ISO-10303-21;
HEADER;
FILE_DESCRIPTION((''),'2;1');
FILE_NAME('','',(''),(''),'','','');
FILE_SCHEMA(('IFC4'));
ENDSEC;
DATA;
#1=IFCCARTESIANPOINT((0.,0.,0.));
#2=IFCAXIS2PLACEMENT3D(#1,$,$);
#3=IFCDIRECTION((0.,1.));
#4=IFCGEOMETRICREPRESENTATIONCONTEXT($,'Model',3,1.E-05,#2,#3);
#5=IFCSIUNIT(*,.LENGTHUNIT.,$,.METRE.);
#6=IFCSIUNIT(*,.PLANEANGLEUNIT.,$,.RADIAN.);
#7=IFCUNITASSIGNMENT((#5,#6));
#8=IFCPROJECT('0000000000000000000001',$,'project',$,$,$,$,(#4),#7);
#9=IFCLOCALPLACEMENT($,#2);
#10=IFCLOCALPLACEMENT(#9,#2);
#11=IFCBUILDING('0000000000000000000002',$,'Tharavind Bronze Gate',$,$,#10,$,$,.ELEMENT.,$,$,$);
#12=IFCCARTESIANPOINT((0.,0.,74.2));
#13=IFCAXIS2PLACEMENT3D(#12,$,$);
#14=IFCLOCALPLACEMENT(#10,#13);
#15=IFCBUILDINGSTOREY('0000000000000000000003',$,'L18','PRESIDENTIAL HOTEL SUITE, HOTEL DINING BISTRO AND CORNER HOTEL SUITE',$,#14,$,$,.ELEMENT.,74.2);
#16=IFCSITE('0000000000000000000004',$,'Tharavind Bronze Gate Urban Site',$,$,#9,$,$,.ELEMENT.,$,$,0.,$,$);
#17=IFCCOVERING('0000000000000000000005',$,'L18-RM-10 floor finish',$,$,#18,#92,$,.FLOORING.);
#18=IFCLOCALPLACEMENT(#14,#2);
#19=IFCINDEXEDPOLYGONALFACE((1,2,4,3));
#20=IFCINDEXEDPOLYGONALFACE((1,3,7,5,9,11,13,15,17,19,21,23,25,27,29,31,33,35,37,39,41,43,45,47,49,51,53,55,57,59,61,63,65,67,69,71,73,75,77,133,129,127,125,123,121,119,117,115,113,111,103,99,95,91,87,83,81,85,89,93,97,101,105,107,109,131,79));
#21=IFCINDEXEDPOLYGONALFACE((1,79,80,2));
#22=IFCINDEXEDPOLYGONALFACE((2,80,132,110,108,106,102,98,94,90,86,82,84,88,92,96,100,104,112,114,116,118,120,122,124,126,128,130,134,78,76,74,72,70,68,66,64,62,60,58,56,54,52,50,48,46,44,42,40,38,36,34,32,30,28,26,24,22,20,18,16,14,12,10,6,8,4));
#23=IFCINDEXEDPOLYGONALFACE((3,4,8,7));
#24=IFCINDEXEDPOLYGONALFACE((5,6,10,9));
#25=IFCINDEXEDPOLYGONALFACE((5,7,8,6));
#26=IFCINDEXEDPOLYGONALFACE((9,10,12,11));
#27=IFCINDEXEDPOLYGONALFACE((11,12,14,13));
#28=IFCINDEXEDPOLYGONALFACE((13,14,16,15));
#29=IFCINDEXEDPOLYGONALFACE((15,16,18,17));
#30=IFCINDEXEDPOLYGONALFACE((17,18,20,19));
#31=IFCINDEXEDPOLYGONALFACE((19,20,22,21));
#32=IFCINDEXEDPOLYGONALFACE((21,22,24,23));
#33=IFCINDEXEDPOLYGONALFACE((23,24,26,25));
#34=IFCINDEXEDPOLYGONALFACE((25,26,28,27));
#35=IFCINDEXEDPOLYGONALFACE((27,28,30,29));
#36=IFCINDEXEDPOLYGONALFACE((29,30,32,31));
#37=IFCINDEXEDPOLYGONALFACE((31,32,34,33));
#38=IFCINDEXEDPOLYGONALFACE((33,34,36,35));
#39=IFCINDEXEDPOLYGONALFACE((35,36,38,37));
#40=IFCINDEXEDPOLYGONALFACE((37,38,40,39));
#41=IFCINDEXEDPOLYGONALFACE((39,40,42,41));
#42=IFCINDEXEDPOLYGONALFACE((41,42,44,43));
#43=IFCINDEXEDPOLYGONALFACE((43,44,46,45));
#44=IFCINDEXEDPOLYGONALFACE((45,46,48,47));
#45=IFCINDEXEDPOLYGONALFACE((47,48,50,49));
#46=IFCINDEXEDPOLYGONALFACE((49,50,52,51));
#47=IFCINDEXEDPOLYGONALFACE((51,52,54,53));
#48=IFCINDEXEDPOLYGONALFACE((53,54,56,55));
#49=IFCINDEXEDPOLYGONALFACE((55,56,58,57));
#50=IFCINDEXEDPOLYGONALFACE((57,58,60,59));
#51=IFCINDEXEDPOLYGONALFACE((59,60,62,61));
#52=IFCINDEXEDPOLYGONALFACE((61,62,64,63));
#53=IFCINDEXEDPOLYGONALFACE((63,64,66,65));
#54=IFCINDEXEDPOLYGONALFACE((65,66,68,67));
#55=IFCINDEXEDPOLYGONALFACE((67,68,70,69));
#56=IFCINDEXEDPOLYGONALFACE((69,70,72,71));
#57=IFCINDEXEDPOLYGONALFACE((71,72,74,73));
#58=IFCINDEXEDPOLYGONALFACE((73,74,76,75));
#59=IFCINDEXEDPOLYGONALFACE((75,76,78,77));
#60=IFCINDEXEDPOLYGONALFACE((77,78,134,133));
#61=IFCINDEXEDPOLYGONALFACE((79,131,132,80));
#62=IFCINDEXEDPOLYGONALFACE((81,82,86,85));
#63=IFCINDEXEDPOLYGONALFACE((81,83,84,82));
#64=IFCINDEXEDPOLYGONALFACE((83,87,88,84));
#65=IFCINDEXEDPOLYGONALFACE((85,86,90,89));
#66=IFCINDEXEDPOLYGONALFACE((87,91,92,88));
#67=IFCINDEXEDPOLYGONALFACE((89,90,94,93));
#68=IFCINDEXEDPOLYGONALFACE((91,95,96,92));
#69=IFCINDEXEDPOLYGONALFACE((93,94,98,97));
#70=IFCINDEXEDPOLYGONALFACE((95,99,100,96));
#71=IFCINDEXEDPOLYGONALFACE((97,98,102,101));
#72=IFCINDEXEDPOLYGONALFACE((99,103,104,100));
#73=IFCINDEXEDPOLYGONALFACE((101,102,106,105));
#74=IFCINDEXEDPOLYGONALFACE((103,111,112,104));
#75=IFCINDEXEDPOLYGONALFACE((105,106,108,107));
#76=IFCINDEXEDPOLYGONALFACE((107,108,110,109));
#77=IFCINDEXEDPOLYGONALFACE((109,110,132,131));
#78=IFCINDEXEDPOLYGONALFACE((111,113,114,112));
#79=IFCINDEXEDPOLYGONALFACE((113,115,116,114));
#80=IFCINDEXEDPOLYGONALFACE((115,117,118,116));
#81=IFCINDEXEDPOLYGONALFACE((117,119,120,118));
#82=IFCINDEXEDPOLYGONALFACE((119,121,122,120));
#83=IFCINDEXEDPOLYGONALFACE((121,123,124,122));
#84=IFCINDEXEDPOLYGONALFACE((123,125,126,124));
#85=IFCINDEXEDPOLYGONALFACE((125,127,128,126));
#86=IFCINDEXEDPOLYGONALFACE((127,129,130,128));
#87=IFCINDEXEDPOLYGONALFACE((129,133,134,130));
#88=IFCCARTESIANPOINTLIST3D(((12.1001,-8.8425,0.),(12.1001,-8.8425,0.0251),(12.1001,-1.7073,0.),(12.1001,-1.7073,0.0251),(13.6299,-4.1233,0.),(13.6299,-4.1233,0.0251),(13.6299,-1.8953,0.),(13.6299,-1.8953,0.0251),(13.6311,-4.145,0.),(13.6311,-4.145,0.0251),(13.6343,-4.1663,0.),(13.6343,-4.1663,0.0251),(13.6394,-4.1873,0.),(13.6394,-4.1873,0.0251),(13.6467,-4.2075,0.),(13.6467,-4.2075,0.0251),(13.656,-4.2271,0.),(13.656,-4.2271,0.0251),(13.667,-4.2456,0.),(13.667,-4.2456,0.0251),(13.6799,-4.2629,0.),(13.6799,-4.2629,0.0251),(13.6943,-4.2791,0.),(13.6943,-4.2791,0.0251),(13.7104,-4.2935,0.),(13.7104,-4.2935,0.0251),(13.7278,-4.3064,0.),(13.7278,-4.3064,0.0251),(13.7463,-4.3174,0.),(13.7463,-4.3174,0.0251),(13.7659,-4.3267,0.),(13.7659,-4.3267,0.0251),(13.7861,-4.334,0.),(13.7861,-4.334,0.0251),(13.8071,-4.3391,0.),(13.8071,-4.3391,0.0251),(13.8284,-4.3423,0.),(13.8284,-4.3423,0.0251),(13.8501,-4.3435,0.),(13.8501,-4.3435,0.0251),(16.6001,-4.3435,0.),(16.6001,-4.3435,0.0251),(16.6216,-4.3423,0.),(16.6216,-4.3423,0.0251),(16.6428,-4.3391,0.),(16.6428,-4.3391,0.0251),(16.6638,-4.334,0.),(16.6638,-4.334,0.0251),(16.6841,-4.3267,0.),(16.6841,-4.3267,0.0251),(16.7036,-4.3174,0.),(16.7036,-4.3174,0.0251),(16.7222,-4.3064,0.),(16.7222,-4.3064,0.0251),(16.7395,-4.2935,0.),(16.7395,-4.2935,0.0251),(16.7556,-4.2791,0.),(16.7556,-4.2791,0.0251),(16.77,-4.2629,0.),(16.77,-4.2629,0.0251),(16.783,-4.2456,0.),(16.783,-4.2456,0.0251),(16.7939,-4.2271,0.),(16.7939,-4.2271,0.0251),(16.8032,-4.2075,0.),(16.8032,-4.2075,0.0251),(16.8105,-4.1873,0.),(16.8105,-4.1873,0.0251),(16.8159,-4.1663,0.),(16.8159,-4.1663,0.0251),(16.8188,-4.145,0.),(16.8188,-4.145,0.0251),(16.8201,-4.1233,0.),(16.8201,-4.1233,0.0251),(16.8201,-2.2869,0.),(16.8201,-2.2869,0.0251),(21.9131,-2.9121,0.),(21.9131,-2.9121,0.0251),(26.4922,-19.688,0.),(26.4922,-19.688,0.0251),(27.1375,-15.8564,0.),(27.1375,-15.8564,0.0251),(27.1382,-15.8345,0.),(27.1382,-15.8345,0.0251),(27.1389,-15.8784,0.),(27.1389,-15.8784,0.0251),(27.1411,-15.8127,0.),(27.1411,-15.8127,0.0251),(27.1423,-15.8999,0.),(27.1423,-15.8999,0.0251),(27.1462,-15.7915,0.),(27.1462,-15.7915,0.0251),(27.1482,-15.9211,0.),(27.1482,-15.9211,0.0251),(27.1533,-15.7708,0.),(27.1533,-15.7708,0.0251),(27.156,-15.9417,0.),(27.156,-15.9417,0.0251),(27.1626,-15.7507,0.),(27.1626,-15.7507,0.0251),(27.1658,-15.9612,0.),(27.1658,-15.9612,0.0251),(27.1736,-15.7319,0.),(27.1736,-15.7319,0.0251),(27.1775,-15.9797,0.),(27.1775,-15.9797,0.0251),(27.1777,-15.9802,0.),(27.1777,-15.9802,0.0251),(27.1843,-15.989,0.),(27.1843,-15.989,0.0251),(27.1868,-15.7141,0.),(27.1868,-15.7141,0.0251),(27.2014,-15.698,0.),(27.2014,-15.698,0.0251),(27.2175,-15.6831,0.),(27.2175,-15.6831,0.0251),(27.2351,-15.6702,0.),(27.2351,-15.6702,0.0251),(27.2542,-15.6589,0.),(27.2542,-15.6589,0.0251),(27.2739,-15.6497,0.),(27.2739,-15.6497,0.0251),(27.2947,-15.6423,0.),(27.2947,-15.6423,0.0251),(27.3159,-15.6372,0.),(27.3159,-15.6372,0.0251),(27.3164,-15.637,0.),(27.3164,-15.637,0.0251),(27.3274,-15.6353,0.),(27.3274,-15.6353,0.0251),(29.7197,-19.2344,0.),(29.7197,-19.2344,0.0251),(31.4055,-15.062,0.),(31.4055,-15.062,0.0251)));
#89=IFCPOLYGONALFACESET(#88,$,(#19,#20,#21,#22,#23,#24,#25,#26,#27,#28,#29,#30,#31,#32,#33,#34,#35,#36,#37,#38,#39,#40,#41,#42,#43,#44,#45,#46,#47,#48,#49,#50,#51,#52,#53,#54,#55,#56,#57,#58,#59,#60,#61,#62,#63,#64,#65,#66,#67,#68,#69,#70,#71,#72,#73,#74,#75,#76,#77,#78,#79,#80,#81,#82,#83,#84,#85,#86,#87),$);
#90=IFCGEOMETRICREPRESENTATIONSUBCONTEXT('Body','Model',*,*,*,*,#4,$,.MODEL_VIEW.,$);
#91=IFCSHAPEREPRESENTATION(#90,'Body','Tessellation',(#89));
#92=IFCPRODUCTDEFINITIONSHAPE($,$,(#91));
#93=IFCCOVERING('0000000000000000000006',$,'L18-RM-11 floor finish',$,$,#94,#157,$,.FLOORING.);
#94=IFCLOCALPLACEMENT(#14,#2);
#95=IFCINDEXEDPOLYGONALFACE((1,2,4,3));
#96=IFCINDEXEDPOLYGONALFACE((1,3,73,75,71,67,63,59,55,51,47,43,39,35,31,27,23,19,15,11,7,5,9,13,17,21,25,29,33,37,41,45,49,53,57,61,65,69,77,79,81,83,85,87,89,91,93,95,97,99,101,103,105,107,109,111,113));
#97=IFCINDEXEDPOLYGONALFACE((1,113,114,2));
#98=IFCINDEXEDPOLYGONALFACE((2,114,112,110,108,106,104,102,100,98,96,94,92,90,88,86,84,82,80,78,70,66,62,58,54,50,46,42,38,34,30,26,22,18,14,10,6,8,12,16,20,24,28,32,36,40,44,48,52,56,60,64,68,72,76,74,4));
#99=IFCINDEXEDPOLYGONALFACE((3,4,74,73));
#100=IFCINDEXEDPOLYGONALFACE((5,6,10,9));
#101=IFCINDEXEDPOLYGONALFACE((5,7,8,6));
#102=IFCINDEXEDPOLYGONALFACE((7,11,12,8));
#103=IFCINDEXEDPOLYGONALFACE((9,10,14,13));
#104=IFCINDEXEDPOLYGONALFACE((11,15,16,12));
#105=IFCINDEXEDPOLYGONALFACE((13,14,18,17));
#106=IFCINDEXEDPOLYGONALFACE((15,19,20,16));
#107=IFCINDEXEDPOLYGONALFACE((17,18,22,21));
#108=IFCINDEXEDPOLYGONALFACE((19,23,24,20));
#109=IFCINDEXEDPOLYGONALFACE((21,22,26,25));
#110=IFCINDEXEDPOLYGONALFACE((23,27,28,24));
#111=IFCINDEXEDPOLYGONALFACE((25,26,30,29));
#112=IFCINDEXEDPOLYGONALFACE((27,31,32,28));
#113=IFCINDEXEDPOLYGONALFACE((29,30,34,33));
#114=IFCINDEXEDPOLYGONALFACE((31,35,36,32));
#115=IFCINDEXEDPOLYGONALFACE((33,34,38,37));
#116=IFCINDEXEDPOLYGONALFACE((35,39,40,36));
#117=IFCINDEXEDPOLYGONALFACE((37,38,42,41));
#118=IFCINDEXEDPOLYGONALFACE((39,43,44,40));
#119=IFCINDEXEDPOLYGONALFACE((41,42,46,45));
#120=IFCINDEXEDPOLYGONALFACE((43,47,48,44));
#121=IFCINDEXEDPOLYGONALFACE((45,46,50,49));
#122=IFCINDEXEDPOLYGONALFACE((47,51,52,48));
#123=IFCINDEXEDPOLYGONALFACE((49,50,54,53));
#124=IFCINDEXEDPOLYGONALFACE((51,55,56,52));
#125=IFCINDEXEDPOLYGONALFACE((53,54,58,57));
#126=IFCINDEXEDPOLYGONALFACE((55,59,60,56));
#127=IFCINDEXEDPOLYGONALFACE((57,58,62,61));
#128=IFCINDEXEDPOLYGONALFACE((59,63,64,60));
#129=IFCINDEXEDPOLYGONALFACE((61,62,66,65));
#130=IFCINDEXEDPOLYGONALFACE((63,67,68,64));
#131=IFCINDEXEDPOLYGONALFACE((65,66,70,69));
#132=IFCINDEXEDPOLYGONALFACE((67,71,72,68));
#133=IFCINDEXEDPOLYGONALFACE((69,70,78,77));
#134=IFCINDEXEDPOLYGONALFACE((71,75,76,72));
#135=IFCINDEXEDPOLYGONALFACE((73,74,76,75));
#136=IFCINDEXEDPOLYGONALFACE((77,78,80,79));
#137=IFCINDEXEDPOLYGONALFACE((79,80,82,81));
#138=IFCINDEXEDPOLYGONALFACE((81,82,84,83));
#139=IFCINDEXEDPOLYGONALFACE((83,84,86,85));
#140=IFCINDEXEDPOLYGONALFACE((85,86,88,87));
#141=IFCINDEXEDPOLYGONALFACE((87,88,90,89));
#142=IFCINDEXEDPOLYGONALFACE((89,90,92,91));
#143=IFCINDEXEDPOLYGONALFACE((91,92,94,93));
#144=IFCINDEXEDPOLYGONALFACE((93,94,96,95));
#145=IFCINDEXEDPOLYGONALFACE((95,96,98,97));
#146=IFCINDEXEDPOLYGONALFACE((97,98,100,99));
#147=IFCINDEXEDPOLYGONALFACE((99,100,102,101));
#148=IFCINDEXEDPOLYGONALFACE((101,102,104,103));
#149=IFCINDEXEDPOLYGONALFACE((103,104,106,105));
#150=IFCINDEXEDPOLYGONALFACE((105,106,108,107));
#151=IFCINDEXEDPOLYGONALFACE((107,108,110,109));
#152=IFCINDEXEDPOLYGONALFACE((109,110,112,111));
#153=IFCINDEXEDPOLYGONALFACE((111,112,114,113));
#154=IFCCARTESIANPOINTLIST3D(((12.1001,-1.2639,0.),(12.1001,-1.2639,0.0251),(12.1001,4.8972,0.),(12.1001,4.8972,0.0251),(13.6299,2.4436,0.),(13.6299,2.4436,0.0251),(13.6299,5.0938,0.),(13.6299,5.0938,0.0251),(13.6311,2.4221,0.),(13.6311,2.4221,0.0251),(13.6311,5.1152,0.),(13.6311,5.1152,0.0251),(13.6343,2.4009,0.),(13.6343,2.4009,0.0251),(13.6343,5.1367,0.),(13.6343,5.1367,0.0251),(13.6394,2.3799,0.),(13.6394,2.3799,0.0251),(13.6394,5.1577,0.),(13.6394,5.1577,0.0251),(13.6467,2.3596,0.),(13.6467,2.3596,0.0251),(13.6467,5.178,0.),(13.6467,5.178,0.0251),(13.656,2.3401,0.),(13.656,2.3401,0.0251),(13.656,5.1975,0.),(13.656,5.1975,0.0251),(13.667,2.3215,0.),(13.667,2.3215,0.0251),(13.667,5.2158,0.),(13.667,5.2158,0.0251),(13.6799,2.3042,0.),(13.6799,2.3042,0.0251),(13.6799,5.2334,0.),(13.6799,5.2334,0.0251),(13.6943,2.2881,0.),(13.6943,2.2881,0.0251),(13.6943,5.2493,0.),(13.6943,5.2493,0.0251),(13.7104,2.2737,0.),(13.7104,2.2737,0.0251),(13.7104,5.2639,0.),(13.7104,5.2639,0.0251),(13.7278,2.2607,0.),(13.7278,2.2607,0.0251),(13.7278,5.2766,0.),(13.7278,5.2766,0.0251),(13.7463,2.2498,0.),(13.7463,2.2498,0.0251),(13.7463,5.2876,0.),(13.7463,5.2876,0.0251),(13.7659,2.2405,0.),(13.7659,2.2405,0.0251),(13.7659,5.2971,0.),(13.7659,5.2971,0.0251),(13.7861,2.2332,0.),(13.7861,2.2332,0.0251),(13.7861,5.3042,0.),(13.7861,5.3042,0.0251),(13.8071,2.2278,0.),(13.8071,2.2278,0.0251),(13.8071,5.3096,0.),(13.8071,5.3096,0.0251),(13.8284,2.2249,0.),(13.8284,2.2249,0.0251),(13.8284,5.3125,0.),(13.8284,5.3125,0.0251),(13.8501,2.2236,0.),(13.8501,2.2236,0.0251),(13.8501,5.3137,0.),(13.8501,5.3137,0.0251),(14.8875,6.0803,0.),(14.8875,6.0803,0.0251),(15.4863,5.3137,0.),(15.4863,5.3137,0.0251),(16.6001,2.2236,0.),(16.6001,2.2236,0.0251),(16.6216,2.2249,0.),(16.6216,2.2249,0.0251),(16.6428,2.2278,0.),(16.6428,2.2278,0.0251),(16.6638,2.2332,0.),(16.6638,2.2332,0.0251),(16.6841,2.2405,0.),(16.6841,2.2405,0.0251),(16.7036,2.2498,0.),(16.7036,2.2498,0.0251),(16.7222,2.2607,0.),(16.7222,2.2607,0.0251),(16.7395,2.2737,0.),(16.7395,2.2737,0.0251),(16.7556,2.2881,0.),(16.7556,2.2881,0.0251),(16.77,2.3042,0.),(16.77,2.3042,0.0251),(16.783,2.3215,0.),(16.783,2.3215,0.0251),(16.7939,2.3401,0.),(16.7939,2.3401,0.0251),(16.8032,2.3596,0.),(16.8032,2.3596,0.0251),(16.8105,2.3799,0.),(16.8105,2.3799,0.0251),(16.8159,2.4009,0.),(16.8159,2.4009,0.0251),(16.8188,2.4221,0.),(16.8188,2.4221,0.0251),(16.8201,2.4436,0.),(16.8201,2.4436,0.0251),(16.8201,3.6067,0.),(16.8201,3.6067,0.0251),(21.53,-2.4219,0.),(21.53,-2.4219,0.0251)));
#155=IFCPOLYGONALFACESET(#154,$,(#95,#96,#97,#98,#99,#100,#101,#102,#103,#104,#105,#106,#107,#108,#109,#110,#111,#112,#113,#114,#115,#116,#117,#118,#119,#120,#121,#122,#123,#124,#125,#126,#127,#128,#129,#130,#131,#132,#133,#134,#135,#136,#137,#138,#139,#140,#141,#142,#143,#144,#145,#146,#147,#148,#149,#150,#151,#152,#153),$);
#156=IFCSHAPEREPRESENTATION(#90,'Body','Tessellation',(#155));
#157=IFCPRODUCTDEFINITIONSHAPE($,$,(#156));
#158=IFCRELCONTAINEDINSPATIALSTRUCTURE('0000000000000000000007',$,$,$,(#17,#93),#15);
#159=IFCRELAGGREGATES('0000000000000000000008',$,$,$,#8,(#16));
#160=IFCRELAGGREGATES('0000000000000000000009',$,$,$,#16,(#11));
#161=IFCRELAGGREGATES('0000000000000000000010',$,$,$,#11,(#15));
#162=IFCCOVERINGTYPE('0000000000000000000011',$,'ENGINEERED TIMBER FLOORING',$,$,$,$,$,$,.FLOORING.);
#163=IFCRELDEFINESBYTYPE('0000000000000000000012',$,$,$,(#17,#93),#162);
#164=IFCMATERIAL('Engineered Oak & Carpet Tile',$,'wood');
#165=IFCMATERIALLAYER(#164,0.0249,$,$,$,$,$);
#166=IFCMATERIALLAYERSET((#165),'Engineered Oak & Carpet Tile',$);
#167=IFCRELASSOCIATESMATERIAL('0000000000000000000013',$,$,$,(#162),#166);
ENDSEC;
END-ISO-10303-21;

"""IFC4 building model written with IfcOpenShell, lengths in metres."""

from ifc_helpers import new_model, si_unit, direction, frame, origin, place, context, subcontext, project, spatial, polyline, outline, extrude, material, layer, layer_set, type_object, element, save


model = new_model("IFC4")

# Units and contexts
model_context = context("Model", 3, precision=1e-05, world=origin(), true_north=direction((0.0, 1.0)))
body_context = subcontext(model_context, "Body", "Model", "MODEL_VIEW")
ifc_project = project(units=[si_unit("LENGTHUNIT", "METRE"), si_unit("PLANEANGLEUNIT", "RADIAN")], contexts=[model_context])

# Site, building, storey
site_placement = place(None, origin())
site = spatial("IfcSite", under=ifc_project, at=site_placement, Name="Tharavind Bronze Gate Urban Site", CompositionType="ELEMENT", RefElevation=0.0)
building_placement = place(site_placement, origin())
building = spatial("IfcBuilding", under=site, at=building_placement, Name="Tharavind Bronze Gate", CompositionType="ELEMENT")
storey_placement = place(building_placement, frame((0.0, 0.0, 74.2)))
storey = spatial("IfcBuildingStorey", under=building, at=storey_placement, Name="L18", Description="PRESIDENTIAL HOTEL SUITE, HOTEL DINING BISTRO AND CORNER HOTEL SUITE", CompositionType="ELEMENT", Elevation=74.2)

# Coverings
ifc_material_1 = material(Name="Engineered Oak & Carpet Tile", Category="wood")
ifc_layer_1 = layer(ifc_material_1, 0.0249)
ifc_layer_set_1 = layer_set([ifc_layer_1], Name="Engineered Oak & Carpet Tile")
covering_type_1 = type_object("IfcCoveringType", Name="ENGINEERED TIMBER FLOORING", PredefinedType="FLOORING", material=ifc_layer_set_1)
covering_1_placement = place(storey_placement, origin())
element("IfcCovering", 1, at=covering_1_placement, inside=storey, type_object=covering_type_1, Name="L18-RM-10 floor finish", PredefinedType="FLOORING", context=body_context, shape_type="SweptSolid", body=[
    extrude(outline(polyline([(12.1001, -8.8425), (26.4922, -19.688), (29.7197, -19.2344), (27.1843, -15.989), (27.1777, -15.9802), (27.1775, -15.9797), (27.1658, -15.9612), (27.156, -15.9417), (27.1482, -15.9211), (27.1423, -15.8999), (27.1389, -15.8784), (27.1375, -15.8564), (27.1382, -15.8345), (27.1411, -15.8127), (27.1462, -15.7915), (27.1533, -15.7708), (27.1626, -15.7507), (27.1736, -15.7319), (27.1868, -15.7141), (27.2014, -15.698), (27.2175, -15.6831), (27.2351, -15.6702), (27.2542, -15.6589), (27.2739, -15.6497), (27.2947, -15.6423), (27.3159, -15.6372), (27.3164, -15.637), (27.3274, -15.6353), (31.4055, -15.062), (21.9131, -2.9121), (16.8201, -2.2869), (16.8201, -4.1233), (16.8188, -4.145), (16.8159, -4.1663), (16.8105, -4.1873), (16.8032, -4.2075), (16.7939, -4.2271), (16.783, -4.2456), (16.77, -4.2629), (16.7556, -4.2791), (16.7395, -4.2935), (16.7222, -4.3064), (16.7036, -4.3174), (16.6841, -4.3267), (16.6638, -4.334), (16.6428, -4.3391), (16.6216, -4.3423), (16.6001, -4.3435), (13.8501, -4.3435), (13.8284, -4.3423), (13.8071, -4.3391), (13.7861, -4.334), (13.7659, -4.3267), (13.7463, -4.3174), (13.7278, -4.3064), (13.7104, -4.2935), (13.6943, -4.2791), (13.6799, -4.2629), (13.667, -4.2456), (13.656, -4.2271), (13.6467, -4.2075), (13.6394, -4.1873), (13.6343, -4.1663), (13.6311, -4.145), (13.6299, -4.1233), (13.6299, -1.8953), (12.1001, -1.7073), (12.1001, -8.8425)])), origin(), (0.0, 0.0, 1.0), 0.0251),
])
covering_2_placement = place(storey_placement, origin())
element("IfcCovering", 2, at=covering_2_placement, inside=storey, type_object=covering_type_1, Name="L18-RM-11 floor finish", PredefinedType="FLOORING", context=body_context, shape_type="SweptSolid", body=[
    extrude(outline(polyline([(21.53, -2.4219), (16.8201, 3.6067), (16.8201, 2.4436), (16.8188, 2.4221), (16.8159, 2.4009), (16.8105, 2.3799), (16.8032, 2.3596), (16.7939, 2.3401), (16.783, 2.3215), (16.77, 2.3042), (16.7556, 2.2881), (16.7395, 2.2737), (16.7222, 2.2607), (16.7036, 2.2498), (16.6841, 2.2405), (16.6638, 2.2332), (16.6428, 2.2278), (16.6216, 2.2249), (16.6001, 2.2236), (13.8501, 2.2236), (13.8284, 2.2249), (13.8071, 2.2278), (13.7861, 2.2332), (13.7659, 2.2405), (13.7463, 2.2498), (13.7278, 2.2607), (13.7104, 2.2737), (13.6943, 2.2881), (13.6799, 2.3042), (13.667, 2.3215), (13.656, 2.3401), (13.6467, 2.3596), (13.6394, 2.3799), (13.6343, 2.4009), (13.6311, 2.4221), (13.6299, 2.4436), (13.6299, 5.0938), (13.6311, 5.1152), (13.6343, 5.1367), (13.6394, 5.1577), (13.6467, 5.178), (13.656, 5.1975), (13.667, 5.2158), (13.6799, 5.2334), (13.6943, 5.2493), (13.7104, 5.2639), (13.7278, 5.2766), (13.7463, 5.2876), (13.7659, 5.2971), (13.7861, 5.3042), (13.8071, 5.3096), (13.8284, 5.3125), (13.8501, 5.3137), (15.4863, 5.3137), (14.8875, 6.0803), (12.1001, 4.8972), (12.1001, -1.2639), (21.53, -2.4219)])), origin(), (0.0, 0.0, 1.0), 0.0251),
])

save(model, "model.ifc")
